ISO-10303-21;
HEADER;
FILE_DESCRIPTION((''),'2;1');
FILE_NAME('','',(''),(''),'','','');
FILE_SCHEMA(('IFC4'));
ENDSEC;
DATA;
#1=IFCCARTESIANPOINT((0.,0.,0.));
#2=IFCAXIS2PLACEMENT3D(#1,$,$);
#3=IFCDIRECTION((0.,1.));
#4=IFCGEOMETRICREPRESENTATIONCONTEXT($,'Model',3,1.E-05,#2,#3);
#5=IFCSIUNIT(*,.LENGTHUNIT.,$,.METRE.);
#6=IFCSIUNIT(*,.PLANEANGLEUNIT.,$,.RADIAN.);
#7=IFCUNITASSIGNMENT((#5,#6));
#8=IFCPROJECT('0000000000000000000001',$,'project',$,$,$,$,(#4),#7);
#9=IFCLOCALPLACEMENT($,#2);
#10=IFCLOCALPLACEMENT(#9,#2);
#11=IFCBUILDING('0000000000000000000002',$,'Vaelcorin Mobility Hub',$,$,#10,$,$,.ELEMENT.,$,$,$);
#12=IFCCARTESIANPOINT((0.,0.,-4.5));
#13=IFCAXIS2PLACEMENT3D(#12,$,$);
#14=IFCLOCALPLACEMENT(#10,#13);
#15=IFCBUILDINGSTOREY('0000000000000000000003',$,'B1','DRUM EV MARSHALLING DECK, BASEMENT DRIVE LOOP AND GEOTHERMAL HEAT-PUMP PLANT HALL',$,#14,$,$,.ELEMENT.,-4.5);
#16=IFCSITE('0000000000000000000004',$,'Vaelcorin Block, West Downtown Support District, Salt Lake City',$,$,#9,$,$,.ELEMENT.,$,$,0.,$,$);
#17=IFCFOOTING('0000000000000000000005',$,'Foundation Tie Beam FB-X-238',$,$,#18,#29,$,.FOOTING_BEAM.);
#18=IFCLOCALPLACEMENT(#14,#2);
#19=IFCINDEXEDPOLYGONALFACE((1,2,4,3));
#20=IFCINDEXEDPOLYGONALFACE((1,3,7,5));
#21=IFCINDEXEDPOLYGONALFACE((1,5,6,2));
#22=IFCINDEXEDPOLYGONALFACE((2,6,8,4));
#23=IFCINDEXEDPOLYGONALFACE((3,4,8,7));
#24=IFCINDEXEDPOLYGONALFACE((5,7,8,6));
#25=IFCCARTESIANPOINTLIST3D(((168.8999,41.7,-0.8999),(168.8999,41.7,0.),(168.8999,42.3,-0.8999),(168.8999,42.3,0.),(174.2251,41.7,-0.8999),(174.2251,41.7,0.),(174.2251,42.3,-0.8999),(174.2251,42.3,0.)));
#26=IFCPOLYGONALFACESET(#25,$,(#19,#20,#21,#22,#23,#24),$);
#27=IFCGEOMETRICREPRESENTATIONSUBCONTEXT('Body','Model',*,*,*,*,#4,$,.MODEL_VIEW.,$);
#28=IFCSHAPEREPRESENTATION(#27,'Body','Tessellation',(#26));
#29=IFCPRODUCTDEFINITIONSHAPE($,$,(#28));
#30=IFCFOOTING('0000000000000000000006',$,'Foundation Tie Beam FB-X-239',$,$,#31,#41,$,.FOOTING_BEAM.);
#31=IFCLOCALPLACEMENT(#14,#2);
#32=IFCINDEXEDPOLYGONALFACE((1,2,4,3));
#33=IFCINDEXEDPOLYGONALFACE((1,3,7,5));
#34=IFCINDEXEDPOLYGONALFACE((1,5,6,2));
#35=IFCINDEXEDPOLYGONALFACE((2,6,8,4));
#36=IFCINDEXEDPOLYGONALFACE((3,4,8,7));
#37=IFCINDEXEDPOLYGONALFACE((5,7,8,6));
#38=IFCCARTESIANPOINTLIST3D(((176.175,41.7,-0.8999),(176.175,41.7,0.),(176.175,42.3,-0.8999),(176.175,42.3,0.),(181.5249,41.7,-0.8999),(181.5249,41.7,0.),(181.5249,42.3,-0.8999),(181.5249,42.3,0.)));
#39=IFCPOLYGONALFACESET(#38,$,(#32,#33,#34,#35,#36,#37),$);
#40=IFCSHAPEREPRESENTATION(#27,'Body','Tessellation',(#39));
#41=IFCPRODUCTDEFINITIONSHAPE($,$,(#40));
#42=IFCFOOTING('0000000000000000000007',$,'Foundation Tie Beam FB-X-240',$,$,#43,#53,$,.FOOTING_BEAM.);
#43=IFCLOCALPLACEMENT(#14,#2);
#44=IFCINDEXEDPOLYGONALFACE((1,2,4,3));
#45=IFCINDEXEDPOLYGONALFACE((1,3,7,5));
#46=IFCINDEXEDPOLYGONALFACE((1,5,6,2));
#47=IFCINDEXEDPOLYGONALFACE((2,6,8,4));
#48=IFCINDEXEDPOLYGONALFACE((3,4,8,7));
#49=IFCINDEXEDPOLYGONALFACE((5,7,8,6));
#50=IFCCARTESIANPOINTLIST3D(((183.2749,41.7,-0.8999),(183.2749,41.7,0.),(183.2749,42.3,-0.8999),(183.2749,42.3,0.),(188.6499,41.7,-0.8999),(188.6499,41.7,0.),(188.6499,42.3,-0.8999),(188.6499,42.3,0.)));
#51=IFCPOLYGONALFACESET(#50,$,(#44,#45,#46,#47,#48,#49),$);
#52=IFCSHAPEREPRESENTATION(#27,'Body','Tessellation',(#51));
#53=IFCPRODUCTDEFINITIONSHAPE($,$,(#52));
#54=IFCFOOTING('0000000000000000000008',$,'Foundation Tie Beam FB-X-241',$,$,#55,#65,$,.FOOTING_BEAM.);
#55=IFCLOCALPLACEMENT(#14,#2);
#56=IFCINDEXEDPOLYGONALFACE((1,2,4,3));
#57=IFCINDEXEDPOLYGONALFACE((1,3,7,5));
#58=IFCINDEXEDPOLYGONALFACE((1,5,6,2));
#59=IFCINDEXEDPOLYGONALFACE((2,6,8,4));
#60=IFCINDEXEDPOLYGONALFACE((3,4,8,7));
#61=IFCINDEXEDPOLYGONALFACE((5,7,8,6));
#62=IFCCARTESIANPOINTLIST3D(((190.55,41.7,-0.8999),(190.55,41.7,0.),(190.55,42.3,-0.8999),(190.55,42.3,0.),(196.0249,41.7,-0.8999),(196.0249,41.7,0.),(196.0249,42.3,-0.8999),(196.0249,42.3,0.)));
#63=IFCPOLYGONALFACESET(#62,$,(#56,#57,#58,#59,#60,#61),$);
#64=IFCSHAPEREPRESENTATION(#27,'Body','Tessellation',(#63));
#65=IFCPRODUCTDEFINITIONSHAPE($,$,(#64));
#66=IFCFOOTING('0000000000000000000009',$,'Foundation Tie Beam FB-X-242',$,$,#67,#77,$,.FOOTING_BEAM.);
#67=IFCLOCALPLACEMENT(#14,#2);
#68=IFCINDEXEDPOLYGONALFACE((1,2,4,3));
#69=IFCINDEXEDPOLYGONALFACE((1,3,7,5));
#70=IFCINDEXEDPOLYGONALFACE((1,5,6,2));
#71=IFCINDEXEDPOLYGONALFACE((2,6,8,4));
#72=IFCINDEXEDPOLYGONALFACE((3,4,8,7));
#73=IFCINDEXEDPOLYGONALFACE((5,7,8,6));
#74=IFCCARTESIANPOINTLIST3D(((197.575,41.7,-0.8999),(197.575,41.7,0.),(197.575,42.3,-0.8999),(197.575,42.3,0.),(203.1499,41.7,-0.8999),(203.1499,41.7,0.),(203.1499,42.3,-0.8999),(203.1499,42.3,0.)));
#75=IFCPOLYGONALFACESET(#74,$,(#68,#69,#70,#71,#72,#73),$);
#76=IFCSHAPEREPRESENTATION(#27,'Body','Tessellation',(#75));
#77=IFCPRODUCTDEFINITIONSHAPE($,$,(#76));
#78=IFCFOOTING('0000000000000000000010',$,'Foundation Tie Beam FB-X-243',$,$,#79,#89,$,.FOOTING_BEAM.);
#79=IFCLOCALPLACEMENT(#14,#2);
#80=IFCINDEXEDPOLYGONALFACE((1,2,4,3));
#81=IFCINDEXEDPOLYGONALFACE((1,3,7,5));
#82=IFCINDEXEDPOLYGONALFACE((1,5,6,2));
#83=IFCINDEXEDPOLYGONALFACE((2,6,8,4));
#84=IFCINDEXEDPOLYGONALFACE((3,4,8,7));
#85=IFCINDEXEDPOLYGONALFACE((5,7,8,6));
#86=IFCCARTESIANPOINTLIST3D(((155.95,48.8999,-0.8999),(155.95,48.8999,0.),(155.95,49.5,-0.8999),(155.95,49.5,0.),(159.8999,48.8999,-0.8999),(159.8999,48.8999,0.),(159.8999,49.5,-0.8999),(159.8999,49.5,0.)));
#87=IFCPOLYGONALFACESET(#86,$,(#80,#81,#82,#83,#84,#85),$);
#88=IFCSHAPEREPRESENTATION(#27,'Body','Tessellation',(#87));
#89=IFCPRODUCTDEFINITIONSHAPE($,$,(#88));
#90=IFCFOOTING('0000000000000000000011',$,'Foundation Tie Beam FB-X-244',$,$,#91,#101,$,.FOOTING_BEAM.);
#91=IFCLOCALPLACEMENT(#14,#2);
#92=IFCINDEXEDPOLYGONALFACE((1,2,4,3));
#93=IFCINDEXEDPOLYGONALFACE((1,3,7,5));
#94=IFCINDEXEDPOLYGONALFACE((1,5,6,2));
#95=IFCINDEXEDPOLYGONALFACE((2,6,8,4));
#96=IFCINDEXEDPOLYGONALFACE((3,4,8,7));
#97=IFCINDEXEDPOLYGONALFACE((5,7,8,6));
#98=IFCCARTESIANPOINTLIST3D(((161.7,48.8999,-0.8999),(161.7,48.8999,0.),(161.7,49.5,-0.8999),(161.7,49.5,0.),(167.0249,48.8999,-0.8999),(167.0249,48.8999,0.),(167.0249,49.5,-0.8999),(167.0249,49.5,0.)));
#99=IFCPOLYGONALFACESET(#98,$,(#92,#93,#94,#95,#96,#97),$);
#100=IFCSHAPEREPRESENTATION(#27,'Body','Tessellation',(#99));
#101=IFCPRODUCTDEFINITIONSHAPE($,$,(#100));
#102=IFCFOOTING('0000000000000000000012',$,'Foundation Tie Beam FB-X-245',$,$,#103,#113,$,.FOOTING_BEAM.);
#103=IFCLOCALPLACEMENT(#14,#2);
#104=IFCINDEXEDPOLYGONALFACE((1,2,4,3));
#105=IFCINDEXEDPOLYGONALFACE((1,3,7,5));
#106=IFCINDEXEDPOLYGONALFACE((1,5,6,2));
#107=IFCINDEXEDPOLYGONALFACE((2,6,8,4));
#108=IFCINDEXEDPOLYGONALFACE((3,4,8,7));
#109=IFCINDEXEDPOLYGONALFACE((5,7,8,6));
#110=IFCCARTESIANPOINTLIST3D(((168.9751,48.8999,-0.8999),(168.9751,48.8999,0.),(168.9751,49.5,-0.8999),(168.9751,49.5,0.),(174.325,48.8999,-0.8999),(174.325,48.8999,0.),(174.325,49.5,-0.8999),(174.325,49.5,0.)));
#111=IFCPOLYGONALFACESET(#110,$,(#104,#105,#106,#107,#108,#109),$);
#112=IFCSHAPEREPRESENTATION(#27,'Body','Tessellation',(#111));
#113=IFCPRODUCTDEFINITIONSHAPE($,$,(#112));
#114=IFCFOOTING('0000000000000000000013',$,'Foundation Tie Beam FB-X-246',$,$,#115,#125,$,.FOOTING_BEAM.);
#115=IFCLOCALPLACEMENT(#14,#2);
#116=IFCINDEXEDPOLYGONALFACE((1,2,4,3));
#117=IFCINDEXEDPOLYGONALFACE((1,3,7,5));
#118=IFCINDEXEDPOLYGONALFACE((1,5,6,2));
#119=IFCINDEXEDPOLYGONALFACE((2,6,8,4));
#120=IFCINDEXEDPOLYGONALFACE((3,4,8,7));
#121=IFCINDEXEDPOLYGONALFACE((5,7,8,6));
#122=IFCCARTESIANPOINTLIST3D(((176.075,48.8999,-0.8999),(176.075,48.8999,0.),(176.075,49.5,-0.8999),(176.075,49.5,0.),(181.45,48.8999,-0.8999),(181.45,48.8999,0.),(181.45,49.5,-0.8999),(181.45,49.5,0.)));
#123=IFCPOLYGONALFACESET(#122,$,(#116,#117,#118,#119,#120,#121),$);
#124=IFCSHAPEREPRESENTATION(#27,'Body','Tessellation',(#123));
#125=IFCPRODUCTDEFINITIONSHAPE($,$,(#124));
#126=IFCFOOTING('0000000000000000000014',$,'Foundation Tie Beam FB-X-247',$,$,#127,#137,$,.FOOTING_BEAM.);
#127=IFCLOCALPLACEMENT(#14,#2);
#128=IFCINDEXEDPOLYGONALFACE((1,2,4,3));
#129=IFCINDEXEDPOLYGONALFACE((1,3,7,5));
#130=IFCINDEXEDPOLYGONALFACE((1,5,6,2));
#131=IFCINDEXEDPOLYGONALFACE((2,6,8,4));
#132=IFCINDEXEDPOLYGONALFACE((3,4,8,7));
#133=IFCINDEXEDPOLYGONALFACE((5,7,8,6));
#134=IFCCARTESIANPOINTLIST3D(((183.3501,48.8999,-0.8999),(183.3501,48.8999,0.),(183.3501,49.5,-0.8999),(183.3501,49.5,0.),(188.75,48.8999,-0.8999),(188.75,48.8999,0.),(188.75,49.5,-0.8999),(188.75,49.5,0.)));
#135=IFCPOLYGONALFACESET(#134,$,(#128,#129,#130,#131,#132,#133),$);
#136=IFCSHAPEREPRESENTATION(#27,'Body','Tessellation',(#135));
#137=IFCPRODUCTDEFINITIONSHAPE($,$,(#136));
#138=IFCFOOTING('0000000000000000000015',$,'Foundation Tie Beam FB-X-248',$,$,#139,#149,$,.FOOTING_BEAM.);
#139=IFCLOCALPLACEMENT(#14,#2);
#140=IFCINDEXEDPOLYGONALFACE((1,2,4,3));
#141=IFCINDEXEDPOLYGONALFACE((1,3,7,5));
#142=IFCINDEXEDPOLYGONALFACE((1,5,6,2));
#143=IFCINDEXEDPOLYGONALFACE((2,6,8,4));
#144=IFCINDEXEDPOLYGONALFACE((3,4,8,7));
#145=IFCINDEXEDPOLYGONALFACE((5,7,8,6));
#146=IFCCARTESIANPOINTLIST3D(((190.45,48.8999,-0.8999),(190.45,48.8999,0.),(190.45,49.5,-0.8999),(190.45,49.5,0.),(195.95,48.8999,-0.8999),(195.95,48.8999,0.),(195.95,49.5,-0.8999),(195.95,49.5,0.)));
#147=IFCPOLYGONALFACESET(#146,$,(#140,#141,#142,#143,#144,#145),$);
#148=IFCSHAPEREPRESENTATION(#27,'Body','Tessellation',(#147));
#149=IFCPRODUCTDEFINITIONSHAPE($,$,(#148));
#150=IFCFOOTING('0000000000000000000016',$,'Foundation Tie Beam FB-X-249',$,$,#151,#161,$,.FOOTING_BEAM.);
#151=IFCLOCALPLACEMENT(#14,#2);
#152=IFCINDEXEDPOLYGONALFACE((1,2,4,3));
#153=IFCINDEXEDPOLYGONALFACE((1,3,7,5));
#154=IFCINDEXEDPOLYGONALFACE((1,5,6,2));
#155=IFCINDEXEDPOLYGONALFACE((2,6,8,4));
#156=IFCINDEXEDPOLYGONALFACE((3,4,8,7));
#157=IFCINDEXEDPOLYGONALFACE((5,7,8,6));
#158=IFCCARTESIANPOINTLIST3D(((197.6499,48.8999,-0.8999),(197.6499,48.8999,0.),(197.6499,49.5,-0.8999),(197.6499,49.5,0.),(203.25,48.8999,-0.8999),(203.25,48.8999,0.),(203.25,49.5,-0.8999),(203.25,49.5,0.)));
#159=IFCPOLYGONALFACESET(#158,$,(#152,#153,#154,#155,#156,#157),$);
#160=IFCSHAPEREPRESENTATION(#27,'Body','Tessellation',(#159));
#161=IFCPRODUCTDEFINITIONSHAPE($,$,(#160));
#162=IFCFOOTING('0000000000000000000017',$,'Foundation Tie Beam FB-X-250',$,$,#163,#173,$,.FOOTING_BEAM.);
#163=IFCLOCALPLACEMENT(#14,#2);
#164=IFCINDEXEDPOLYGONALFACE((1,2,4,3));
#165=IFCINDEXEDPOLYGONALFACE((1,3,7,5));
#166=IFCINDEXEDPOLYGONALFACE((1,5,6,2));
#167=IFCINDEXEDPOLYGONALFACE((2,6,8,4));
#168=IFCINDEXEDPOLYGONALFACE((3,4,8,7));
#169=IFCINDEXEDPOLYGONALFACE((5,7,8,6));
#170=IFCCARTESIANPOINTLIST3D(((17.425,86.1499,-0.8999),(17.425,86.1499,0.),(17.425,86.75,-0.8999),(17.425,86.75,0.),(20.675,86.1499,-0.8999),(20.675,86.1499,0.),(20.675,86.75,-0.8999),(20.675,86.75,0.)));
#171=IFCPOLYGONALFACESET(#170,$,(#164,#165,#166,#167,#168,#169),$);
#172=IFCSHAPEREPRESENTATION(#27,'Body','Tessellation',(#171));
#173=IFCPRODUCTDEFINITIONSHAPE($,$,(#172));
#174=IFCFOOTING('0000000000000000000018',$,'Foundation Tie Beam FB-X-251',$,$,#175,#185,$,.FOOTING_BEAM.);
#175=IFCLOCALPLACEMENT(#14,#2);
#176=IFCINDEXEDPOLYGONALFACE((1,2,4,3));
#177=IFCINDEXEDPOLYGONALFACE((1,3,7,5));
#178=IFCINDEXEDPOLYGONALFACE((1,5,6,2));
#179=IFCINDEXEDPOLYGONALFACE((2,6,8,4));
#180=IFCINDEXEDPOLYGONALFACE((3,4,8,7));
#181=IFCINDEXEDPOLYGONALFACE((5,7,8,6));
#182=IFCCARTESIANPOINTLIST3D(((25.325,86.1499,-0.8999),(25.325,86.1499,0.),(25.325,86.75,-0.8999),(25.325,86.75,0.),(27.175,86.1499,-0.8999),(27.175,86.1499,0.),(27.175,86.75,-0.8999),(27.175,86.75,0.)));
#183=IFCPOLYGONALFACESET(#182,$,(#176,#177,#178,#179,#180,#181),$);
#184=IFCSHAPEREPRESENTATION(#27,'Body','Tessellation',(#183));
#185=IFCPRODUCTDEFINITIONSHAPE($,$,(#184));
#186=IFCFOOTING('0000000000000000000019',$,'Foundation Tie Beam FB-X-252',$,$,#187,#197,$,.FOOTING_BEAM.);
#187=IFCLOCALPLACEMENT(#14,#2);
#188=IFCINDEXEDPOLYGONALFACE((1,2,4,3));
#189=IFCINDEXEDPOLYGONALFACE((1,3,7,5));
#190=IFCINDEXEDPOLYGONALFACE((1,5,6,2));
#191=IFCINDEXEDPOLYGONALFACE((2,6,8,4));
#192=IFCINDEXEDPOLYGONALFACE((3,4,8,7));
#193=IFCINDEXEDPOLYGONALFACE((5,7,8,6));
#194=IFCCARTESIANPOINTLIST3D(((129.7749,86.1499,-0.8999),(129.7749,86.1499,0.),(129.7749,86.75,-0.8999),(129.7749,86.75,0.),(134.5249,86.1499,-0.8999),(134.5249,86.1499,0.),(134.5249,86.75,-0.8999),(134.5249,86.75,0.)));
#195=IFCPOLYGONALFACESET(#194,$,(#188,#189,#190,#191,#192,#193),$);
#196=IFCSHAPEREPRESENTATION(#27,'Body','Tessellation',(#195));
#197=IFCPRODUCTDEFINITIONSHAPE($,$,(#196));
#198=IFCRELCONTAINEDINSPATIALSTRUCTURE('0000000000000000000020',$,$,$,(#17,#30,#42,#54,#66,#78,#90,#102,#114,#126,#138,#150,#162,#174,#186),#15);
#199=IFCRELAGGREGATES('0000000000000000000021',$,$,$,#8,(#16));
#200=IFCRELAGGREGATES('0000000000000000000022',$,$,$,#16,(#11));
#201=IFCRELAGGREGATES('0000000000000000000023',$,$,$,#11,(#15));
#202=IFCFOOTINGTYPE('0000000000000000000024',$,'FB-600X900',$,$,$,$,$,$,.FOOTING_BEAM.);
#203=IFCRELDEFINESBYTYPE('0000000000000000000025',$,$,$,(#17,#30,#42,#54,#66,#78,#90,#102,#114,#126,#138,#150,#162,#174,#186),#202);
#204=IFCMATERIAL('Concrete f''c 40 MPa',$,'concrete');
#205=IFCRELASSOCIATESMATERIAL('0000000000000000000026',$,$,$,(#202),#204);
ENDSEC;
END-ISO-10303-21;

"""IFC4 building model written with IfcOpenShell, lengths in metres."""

from ifc_helpers import new_model, si_unit, direction, frame, origin, place, context, subcontext, project, spatial, polyline, outline, extrude, material, type_object, element, save


model = new_model("IFC4")

# Units and contexts
model_context = context("Model", 3, precision=1e-05, world=origin(), true_north=direction((0.0, 1.0)))
body_context = subcontext(model_context, "Body", "Model", "MODEL_VIEW")
ifc_project = project(units=[si_unit("LENGTHUNIT", "METRE"), si_unit("PLANEANGLEUNIT", "RADIAN")], contexts=[model_context])

# Site, building, storey
site_placement = place(None, origin())
site = spatial("IfcSite", under=ifc_project, at=site_placement, Name="Vaelcorin Block, West Downtown Support District, Salt Lake City", CompositionType="ELEMENT", RefElevation=0.0)
building_placement = place(site_placement, origin())
building = spatial("IfcBuilding", under=site, at=building_placement, Name="Vaelcorin Mobility Hub", CompositionType="ELEMENT")
storey_placement = place(building_placement, frame((0.0, 0.0, -4.5)))
storey = spatial("IfcBuildingStorey", under=building, at=storey_placement, Name="B1", Description="DRUM EV MARSHALLING DECK, BASEMENT DRIVE LOOP AND GEOTHERMAL HEAT-PUMP PLANT HALL", CompositionType="ELEMENT", Elevation=-4.5)

# Footings
ifc_material = material(Name="Concrete f'c 40 MPa", Category="concrete")
footing_type_1 = type_object("IfcFootingType", Name="FB-600X900", PredefinedType="FOOTING_BEAM", material=ifc_material)
footing_1_placement = place(storey_placement, frame((0.0, 0.0, -0.8999)))
element("IfcFooting", 1, at=footing_1_placement, inside=storey, type_object=footing_type_1, Name="Foundation Tie Beam FB-X-238", PredefinedType="FOOTING_BEAM", context=body_context, shape_type="SweptSolid", body=[
    extrude(outline(polyline([(168.8999, 41.7), (174.2251, 41.7), (174.2251, 42.3), (168.8999, 42.3), (168.8999, 41.7)])), origin(), (0.0, 0.0, 1.0), 0.8999),
])
footing_2_placement = place(storey_placement, frame((0.0, 0.0, -0.8999)))
element("IfcFooting", 2, at=footing_2_placement, inside=storey, type_object=footing_type_1, Name="Foundation Tie Beam FB-X-239", PredefinedType="FOOTING_BEAM", context=body_context, shape_type="SweptSolid", body=[
    extrude(outline(polyline([(176.175, 41.7), (181.5249, 41.7), (181.5249, 42.3), (176.175, 42.3), (176.175, 41.7)])), origin(), (0.0, 0.0, 1.0), 0.8999),
])
footing_3_placement = place(storey_placement, frame((0.0, 0.0, -0.8999)))
element("IfcFooting", 3, at=footing_3_placement, inside=storey, type_object=footing_type_1, Name="Foundation Tie Beam FB-X-240", PredefinedType="FOOTING_BEAM", context=body_context, shape_type="SweptSolid", body=[
    extrude(outline(polyline([(183.2749, 41.7), (188.6499, 41.7), (188.6499, 42.3), (183.2749, 42.3), (183.2749, 41.7)])), origin(), (0.0, 0.0, 1.0), 0.8999),
])
footing_4_placement = place(storey_placement, frame((0.0, 0.0, -0.8999)))
element("IfcFooting", 4, at=footing_4_placement, inside=storey, type_object=footing_type_1, Name="Foundation Tie Beam FB-X-241", PredefinedType="FOOTING_BEAM", context=body_context, shape_type="SweptSolid", body=[
    extrude(outline(polyline([(190.55, 41.7), (196.0249, 41.7), (196.0249, 42.3), (190.55, 42.3), (190.55, 41.7)])), origin(), (0.0, 0.0, 1.0), 0.8999),
])
footing_5_placement = place(storey_placement, frame((0.0, 0.0, -0.8999)))
element("IfcFooting", 5, at=footing_5_placement, inside=storey, type_object=footing_type_1, Name="Foundation Tie Beam FB-X-242", PredefinedType="FOOTING_BEAM", context=body_context, shape_type="SweptSolid", body=[
    extrude(outline(polyline([(197.575, 41.7), (203.1499, 41.7), (203.1499, 42.3), (197.575, 42.3), (197.575, 41.7)])), origin(), (0.0, 0.0, 1.0), 0.8999),
])
footing_6_placement = place(storey_placement, frame((0.0, 0.0, -0.8999)))
element("IfcFooting", 6, at=footing_6_placement, inside=storey, type_object=footing_type_1, Name="Foundation Tie Beam FB-X-243", PredefinedType="FOOTING_BEAM", context=body_context, shape_type="SweptSolid", body=[
    extrude(outline(polyline([(155.95, 48.8999), (159.8999, 48.8999), (159.8999, 49.5), (155.95, 49.5), (155.95, 48.8999)])), origin(), (0.0, 0.0, 1.0), 0.8999),
])
footing_7_placement = place(storey_placement, frame((0.0, 0.0, -0.8999)))
element("IfcFooting", 7, at=footing_7_placement, inside=storey, type_object=footing_type_1, Name="Foundation Tie Beam FB-X-244", PredefinedType="FOOTING_BEAM", context=body_context, shape_type="SweptSolid", body=[
    extrude(outline(polyline([(161.7, 48.8999), (167.0249, 48.8999), (167.0249, 49.5), (161.7, 49.5), (161.7, 48.8999)])), origin(), (0.0, 0.0, 1.0), 0.8999),
])
footing_8_placement = place(storey_placement, frame((0.0, 0.0, -0.8999)))
element("IfcFooting", 8, at=footing_8_placement, inside=storey, type_object=footing_type_1, Name="Foundation Tie Beam FB-X-245", PredefinedType="FOOTING_BEAM", context=body_context, shape_type="SweptSolid", body=[
    extrude(outline(polyline([(168.9751, 48.8999), (174.325, 48.8999), (174.325, 49.5), (168.9751, 49.5), (168.9751, 48.8999)])), origin(), (0.0, 0.0, 1.0), 0.8999),
])
footing_9_placement = place(storey_placement, frame((0.0, 0.0, -0.8999)))
element("IfcFooting", 9, at=footing_9_placement, inside=storey, type_object=footing_type_1, Name="Foundation Tie Beam FB-X-246", PredefinedType="FOOTING_BEAM", context=body_context, shape_type="SweptSolid", body=[
    extrude(outline(polyline([(176.075, 48.8999), (181.45, 48.8999), (181.45, 49.5), (176.075, 49.5), (176.075, 48.8999)])), origin(), (0.0, 0.0, 1.0), 0.8999),
])
footing_10_placement = place(storey_placement, frame((0.0, 0.0, -0.8999)))
element("IfcFooting", 10, at=footing_10_placement, inside=storey, type_object=footing_type_1, Name="Foundation Tie Beam FB-X-247", PredefinedType="FOOTING_BEAM", context=body_context, shape_type="SweptSolid", body=[
    extrude(outline(polyline([(183.3501, 48.8999), (188.75, 48.8999), (188.75, 49.5), (183.3501, 49.5), (183.3501, 48.8999)])), origin(), (0.0, 0.0, 1.0), 0.8999),
])
footing_11_placement = place(storey_placement, frame((0.0, 0.0, -0.8999)))
element("IfcFooting", 11, at=footing_11_placement, inside=storey, type_object=footing_type_1, Name="Foundation Tie Beam FB-X-248", PredefinedType="FOOTING_BEAM", context=body_context, shape_type="SweptSolid", body=[
    extrude(outline(polyline([(190.45, 48.8999), (195.95, 48.8999), (195.95, 49.5), (190.45, 49.5), (190.45, 48.8999)])), origin(), (0.0, 0.0, 1.0), 0.8999),
])
footing_12_placement = place(storey_placement, frame((0.0, 0.0, -0.8999)))
element("IfcFooting", 12, at=footing_12_placement, inside=storey, type_object=footing_type_1, Name="Foundation Tie Beam FB-X-249", PredefinedType="FOOTING_BEAM", context=body_context, shape_type="SweptSolid", body=[
    extrude(outline(polyline([(197.6499, 48.8999), (203.25, 48.8999), (203.25, 49.5), (197.6499, 49.5), (197.6499, 48.8999)])), origin(), (0.0, 0.0, 1.0), 0.8999),
])
footing_13_placement = place(storey_placement, frame((0.0, 0.0, -0.8999)))
element("IfcFooting", 13, at=footing_13_placement, inside=storey, type_object=footing_type_1, Name="Foundation Tie Beam FB-X-250", PredefinedType="FOOTING_BEAM", context=body_context, shape_type="SweptSolid", body=[
    extrude(outline(polyline([(17.425, 86.1499), (20.675, 86.1499), (20.675, 86.75), (17.425, 86.75), (17.425, 86.1499)])), origin(), (0.0, 0.0, 1.0), 0.8999),
])
footing_14_placement = place(storey_placement, frame((0.0, 0.0, -0.8999)))
element("IfcFooting", 14, at=footing_14_placement, inside=storey, type_object=footing_type_1, Name="Foundation Tie Beam FB-X-251", PredefinedType="FOOTING_BEAM", context=body_context, shape_type="SweptSolid", body=[
    extrude(outline(polyline([(25.325, 86.1499), (27.175, 86.1499), (27.175, 86.75), (25.325, 86.75), (25.325, 86.1499)])), origin(), (0.0, 0.0, 1.0), 0.8999),
])
footing_15_placement = place(storey_placement, frame((0.0, 0.0, -0.8999)))
element("IfcFooting", 15, at=footing_15_placement, inside=storey, type_object=footing_type_1, Name="Foundation Tie Beam FB-X-252", PredefinedType="FOOTING_BEAM", context=body_context, shape_type="SweptSolid", body=[
    extrude(outline(polyline([(129.7749, 86.1499), (134.5249, 86.1499), (134.5249, 86.75), (129.7749, 86.75), (129.7749, 86.1499)])), origin(), (0.0, 0.0, 1.0), 0.8999),
])

save(model, "model.ifc")
